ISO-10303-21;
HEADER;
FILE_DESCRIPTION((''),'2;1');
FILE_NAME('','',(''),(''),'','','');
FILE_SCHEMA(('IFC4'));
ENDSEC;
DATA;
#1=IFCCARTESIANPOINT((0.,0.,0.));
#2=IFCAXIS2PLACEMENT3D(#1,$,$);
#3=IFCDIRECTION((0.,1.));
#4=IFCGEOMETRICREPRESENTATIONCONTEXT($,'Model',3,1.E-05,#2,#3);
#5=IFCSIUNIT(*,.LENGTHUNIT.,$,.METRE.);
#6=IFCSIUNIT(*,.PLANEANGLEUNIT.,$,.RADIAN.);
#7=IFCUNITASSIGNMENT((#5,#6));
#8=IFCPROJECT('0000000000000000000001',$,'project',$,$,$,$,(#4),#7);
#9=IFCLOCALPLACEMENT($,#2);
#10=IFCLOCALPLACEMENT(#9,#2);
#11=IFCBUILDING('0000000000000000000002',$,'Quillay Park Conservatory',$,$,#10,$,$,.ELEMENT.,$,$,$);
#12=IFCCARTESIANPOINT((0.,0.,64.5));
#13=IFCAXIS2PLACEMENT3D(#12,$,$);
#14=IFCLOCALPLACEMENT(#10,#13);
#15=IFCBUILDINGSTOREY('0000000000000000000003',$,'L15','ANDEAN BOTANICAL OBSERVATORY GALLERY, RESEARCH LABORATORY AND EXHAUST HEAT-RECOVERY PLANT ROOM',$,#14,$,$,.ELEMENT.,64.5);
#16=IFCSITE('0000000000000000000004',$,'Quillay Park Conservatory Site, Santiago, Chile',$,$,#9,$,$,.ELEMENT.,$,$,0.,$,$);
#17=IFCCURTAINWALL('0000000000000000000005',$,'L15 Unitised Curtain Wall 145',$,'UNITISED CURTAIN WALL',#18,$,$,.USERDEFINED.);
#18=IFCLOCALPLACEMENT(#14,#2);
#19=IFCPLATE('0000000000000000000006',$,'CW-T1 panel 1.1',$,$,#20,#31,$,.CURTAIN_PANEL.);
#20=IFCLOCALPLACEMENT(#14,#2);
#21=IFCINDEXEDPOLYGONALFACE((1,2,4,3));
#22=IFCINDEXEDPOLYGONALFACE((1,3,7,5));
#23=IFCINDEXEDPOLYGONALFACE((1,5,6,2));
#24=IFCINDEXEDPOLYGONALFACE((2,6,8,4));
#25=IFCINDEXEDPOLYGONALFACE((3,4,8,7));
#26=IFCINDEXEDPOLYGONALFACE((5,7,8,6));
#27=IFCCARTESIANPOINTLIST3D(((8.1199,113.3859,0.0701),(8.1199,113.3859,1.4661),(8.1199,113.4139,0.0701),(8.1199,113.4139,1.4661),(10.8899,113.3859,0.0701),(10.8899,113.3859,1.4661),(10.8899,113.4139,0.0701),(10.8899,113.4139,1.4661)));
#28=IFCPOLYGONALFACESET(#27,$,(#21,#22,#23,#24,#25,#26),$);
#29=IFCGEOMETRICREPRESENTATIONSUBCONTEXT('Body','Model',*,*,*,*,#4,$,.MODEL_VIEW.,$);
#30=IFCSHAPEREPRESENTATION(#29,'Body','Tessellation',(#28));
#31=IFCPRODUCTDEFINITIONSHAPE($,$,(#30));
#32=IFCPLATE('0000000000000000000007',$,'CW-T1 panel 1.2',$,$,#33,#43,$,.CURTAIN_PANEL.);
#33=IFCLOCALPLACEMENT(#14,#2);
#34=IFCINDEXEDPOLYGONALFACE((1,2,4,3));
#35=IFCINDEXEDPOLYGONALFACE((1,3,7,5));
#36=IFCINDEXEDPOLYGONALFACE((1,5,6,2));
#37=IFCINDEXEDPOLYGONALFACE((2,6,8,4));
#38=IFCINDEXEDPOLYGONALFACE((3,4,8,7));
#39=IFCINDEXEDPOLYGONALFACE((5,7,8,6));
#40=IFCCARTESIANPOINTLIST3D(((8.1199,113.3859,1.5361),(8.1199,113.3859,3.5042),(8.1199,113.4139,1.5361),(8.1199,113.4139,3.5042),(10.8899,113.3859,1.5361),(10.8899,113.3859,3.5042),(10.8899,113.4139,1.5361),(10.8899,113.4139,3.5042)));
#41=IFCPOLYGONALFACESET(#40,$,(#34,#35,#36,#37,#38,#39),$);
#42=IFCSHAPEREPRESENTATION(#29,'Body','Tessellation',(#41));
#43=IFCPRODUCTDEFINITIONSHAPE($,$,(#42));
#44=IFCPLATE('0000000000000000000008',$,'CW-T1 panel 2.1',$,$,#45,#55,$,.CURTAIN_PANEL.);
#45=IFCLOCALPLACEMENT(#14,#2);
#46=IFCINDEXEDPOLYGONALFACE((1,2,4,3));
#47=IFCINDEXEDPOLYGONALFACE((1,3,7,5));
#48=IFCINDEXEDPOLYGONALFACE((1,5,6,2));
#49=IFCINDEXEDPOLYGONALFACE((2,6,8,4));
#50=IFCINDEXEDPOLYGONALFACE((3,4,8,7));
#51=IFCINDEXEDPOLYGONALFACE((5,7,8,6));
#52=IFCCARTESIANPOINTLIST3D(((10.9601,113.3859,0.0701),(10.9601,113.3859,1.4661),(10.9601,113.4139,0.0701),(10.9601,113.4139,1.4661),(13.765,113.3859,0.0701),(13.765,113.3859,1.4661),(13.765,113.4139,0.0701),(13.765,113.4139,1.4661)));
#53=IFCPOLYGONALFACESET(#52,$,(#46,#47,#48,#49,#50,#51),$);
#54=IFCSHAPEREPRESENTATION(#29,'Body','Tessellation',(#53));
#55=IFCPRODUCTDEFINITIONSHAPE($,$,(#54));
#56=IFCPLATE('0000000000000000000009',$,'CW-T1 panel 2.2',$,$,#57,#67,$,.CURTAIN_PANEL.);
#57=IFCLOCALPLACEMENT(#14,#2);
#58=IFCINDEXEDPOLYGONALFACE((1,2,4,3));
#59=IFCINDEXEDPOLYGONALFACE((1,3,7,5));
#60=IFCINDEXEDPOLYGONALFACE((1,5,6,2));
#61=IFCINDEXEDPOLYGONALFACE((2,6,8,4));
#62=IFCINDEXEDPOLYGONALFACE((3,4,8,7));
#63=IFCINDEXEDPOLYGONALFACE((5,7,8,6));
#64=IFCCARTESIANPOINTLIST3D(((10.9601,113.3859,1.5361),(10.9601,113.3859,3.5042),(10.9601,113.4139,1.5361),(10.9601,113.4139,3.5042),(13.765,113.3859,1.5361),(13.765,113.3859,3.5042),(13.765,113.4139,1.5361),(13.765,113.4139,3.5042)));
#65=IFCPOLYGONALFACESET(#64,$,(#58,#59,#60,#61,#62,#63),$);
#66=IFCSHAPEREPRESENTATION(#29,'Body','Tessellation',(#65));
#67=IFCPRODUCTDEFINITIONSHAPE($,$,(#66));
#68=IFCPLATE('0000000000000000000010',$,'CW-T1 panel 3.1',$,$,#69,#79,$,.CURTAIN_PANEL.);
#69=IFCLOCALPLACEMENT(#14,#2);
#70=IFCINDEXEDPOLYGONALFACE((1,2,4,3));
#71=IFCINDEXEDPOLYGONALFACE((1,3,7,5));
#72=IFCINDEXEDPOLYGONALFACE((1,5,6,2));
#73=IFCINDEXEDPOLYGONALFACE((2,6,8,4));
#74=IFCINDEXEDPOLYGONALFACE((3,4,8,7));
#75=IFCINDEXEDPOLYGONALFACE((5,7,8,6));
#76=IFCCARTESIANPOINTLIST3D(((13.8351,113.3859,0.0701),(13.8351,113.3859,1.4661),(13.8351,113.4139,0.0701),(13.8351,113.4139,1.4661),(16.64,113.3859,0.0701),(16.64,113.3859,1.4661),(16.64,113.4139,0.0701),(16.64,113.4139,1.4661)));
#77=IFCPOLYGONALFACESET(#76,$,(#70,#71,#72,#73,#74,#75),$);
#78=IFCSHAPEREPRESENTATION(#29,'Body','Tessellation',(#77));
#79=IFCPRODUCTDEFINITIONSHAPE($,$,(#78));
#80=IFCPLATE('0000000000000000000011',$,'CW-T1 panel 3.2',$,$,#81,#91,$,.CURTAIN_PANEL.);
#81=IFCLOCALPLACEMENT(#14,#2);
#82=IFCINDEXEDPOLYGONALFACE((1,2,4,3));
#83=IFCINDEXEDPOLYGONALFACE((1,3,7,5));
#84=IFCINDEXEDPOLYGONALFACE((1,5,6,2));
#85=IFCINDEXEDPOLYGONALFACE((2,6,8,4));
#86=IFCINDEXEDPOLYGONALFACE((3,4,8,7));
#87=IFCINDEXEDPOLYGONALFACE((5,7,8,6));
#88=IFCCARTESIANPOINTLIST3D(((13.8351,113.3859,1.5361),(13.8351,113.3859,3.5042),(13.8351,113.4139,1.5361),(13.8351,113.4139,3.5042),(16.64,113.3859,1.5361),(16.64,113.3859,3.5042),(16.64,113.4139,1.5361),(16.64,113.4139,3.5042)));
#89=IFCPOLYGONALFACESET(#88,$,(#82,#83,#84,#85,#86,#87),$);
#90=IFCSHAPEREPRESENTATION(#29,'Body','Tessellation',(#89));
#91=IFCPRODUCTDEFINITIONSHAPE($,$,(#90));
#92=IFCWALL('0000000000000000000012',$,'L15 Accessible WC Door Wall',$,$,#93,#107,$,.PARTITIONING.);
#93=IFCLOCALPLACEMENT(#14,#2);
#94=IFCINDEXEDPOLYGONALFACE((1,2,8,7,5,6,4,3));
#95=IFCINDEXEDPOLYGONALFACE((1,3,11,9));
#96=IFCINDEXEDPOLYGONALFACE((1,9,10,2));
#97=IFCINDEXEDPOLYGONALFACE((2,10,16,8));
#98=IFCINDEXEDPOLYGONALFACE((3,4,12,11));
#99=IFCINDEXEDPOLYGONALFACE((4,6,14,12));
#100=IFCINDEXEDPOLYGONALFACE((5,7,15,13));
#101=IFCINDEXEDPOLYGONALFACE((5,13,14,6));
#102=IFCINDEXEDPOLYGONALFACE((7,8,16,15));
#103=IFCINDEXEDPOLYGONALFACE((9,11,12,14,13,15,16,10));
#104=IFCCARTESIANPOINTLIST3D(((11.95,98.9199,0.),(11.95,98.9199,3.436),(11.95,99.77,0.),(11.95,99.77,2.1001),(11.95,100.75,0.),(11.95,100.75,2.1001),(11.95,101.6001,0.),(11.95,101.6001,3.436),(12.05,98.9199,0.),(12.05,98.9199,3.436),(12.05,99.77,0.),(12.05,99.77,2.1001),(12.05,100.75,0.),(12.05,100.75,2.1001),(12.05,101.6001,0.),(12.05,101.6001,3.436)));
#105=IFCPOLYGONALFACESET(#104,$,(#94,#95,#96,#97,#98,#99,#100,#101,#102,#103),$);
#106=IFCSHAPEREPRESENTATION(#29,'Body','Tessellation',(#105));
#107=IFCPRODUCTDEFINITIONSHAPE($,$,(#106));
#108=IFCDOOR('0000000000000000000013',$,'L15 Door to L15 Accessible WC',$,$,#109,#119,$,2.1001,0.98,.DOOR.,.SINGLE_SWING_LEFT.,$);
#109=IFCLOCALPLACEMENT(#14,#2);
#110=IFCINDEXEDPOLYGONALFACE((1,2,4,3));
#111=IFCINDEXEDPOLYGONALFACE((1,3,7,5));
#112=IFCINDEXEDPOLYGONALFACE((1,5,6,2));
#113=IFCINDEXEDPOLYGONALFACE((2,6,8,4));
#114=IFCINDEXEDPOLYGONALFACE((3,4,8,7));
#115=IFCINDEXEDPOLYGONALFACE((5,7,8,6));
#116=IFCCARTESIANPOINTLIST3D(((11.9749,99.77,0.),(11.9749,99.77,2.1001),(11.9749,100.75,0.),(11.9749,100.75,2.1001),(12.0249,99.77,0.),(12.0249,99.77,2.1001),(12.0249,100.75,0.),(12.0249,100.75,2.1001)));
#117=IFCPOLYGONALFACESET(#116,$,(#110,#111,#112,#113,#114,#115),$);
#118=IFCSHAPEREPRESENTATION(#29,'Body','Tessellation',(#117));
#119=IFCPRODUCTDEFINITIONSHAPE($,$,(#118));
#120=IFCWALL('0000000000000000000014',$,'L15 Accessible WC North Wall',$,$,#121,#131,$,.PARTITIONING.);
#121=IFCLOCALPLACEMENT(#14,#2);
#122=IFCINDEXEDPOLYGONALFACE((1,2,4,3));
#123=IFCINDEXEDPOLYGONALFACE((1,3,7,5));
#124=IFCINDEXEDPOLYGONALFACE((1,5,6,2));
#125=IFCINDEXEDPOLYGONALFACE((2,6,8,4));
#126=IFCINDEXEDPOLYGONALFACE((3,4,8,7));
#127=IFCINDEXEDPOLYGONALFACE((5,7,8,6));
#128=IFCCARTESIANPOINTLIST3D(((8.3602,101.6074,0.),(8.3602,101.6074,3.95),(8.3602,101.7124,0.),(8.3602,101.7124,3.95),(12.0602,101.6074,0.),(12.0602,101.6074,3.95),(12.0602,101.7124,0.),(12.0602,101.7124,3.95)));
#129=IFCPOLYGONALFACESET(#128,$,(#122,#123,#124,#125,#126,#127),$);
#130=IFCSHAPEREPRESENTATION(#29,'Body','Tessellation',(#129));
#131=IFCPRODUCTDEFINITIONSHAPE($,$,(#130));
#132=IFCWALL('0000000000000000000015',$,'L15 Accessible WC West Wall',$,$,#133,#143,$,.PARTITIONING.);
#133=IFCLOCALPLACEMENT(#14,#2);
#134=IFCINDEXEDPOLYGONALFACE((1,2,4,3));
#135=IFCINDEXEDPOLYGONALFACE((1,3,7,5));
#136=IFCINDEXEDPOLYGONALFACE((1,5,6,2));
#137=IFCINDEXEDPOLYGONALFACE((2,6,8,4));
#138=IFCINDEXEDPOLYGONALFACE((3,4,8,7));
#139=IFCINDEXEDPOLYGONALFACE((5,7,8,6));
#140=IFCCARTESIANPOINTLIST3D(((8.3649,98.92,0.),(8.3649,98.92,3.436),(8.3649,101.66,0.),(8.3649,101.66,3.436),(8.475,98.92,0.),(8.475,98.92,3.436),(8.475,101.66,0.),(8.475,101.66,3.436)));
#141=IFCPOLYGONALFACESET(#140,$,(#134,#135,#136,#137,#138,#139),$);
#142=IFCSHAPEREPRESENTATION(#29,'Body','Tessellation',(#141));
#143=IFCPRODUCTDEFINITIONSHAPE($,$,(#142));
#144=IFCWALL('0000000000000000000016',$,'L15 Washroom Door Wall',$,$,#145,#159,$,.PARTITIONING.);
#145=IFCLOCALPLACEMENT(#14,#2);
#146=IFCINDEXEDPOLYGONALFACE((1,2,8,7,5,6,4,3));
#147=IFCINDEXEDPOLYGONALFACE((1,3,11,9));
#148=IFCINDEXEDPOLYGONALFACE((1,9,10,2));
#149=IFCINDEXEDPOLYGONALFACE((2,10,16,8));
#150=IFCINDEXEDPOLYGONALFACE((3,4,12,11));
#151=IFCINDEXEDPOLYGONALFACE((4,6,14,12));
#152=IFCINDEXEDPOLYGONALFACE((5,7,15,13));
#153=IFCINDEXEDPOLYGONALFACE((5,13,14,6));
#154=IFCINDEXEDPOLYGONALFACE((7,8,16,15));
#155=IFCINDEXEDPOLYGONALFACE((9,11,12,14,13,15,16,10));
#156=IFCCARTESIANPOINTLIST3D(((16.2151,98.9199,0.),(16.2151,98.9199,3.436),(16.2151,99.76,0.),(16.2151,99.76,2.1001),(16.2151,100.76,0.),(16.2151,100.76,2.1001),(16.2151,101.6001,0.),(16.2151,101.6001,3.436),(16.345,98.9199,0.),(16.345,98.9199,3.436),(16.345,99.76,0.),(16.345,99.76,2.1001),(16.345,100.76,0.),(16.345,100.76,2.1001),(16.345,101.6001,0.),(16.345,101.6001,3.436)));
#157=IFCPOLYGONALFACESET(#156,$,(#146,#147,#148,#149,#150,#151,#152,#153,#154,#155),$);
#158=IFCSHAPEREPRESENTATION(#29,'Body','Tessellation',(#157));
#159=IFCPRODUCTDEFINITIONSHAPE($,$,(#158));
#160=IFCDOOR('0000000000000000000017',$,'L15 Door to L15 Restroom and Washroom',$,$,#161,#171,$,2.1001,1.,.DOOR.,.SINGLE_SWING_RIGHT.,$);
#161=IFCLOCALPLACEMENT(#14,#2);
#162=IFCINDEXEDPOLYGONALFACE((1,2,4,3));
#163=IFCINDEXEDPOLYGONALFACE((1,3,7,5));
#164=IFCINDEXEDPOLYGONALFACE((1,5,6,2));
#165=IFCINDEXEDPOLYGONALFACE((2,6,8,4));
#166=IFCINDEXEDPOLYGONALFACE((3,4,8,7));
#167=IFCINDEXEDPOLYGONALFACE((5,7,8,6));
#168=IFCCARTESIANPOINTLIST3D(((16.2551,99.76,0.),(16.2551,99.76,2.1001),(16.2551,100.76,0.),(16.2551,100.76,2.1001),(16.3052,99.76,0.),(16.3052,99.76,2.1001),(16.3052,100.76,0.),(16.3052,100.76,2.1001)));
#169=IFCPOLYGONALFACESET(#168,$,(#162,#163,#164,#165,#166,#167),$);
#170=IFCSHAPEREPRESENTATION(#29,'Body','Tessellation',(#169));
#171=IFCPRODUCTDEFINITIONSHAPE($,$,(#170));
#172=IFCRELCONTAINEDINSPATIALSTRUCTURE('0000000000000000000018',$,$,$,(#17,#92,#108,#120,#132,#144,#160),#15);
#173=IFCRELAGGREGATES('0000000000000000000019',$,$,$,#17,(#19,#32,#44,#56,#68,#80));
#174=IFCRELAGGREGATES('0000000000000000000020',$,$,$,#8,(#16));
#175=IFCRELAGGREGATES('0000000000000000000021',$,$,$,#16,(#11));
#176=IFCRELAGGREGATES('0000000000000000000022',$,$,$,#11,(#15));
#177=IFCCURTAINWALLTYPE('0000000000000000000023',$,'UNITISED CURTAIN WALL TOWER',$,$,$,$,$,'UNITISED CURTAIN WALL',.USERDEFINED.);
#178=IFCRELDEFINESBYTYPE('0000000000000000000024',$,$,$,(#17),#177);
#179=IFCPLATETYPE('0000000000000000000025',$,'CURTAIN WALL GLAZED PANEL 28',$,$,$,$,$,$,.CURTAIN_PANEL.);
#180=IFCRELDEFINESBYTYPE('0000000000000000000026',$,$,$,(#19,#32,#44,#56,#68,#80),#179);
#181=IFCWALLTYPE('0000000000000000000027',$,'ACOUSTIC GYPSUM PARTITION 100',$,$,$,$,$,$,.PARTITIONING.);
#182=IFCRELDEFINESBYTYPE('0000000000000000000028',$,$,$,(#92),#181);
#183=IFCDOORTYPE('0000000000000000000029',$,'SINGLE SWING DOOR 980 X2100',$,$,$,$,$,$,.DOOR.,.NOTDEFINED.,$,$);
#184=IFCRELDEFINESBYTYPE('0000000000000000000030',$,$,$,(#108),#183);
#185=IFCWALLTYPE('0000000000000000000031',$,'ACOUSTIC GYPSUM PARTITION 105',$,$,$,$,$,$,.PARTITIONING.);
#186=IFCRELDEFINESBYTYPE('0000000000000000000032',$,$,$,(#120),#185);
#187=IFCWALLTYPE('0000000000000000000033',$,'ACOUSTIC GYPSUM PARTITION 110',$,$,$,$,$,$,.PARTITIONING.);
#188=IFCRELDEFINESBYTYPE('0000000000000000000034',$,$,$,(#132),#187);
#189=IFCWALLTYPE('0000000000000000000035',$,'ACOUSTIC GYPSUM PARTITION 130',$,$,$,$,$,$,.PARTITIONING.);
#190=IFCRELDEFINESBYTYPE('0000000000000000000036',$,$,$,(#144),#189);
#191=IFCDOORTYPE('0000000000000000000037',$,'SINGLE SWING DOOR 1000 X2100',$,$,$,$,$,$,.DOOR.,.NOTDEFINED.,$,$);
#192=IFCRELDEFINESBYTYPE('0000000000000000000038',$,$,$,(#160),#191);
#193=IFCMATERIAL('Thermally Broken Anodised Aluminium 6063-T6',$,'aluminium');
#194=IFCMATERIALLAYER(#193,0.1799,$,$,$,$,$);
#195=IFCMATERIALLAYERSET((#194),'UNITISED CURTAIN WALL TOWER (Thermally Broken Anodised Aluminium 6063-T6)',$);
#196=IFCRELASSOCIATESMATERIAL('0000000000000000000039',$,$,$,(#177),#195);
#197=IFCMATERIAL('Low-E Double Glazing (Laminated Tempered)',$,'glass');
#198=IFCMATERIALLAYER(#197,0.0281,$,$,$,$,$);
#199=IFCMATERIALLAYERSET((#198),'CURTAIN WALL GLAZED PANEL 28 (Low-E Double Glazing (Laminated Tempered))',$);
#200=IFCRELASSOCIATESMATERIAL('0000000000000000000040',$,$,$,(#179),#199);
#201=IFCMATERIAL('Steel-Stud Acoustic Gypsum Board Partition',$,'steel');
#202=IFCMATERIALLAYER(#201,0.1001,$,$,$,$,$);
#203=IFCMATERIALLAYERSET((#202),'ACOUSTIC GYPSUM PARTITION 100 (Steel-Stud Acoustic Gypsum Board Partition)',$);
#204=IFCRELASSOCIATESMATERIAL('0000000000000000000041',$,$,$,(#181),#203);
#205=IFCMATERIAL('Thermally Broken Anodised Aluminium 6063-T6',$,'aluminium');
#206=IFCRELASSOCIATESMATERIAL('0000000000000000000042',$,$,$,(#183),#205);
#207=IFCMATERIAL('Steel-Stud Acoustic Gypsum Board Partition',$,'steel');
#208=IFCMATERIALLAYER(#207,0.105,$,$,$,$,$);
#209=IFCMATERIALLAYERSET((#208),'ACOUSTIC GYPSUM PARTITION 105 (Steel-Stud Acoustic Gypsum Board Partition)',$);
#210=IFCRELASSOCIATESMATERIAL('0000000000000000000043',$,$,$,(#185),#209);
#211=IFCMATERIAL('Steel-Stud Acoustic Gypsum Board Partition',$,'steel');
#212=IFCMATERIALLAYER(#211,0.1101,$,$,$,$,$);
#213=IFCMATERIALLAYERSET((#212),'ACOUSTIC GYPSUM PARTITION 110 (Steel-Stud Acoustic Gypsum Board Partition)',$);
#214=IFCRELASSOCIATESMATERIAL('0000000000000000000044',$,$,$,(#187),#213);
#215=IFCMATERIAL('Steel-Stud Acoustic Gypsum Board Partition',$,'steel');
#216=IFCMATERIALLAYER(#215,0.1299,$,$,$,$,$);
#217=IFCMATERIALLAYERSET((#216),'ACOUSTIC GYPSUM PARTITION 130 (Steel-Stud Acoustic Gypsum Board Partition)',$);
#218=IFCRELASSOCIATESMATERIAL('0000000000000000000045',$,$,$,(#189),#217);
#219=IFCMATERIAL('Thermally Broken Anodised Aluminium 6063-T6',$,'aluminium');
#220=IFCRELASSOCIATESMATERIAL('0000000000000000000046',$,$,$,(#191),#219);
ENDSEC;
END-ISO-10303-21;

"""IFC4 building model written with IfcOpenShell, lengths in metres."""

from ifc_helpers import new_model, si_unit, direction, frame, frame_2d, origin, origin_2d, place, context, subcontext, project, spatial, rectangle, extrude, material, layer, layer_set, type_object, element, fill, aggregate, save


model = new_model("IFC4")

# Units and contexts
model_context = context("Model", 3, precision=1e-05, world=origin(), true_north=direction((0.0, 1.0)))
body_context = subcontext(model_context, "Body", "Model", "MODEL_VIEW")
ifc_project = project(units=[si_unit("LENGTHUNIT", "METRE"), si_unit("PLANEANGLEUNIT", "RADIAN")], contexts=[model_context])

# Site, building, storey
site_placement = place(None, origin())
site = spatial("IfcSite", under=ifc_project, at=site_placement, Name="Quillay Park Conservatory Site, Santiago, Chile", CompositionType="ELEMENT", RefElevation=0.0)
building_placement = place(site_placement, origin())
building = spatial("IfcBuilding", under=site, at=building_placement, Name="Quillay Park Conservatory", CompositionType="ELEMENT")
storey_placement = place(building_placement, frame((0.0, 0.0, 64.5)))
storey = spatial("IfcBuildingStorey", under=building, at=storey_placement, Name="L15", Description="ANDEAN BOTANICAL OBSERVATORY GALLERY, RESEARCH LABORATORY AND EXHAUST HEAT-RECOVERY PLANT ROOM", CompositionType="ELEMENT", Elevation=64.5)

# Curtain wall
ifc_material_1 = material(Name="Thermally Broken Anodised Aluminium 6063-T6", Category="aluminium")
ifc_layer_1 = layer(ifc_material_1, 0.1799)
ifc_layer_set_1 = layer_set([ifc_layer_1], Name="UNITISED CURTAIN WALL TOWER (Thermally Broken Anodised Aluminium 6063-T6)")
curtain_wall_type = type_object("IfcCurtainWallType", Name="UNITISED CURTAIN WALL TOWER", ElementType="UNITISED CURTAIN WALL", PredefinedType="USERDEFINED", material=ifc_layer_set_1)
curtain_wall_placement = place(storey_placement, origin())
curtain_wall = element("IfcCurtainWall", 1, at=curtain_wall_placement, inside=storey, type_object=curtain_wall_type, Name="L15 Unitised Curtain Wall 145", ObjectType="UNITISED CURTAIN WALL", PredefinedType="USERDEFINED")

# Plates
ifc_material_2 = material(Name="Low-E Double Glazing (Laminated Tempered)", Category="glass")
ifc_layer_2 = layer(ifc_material_2, 0.0281)
ifc_layer_set_2 = layer_set([ifc_layer_2], Name="CURTAIN WALL GLAZED PANEL 28 (Low-E Double Glazing (Laminated Tempered))")
plate_type = type_object("IfcPlateType", Name="CURTAIN WALL GLAZED PANEL 28", PredefinedType="CURTAIN_PANEL", material=ifc_layer_set_2)
plate_1_placement = place(storey_placement, frame((9.5049, 113.3999, 0.0701), z_axis=(0.0, 0.0, 1.0), x_axis=(1.0, 0.0, 0.0)))
plate_1 = element("IfcPlate", 2, at=plate_1_placement, type_object=plate_type, Name="CW-T1 panel 1.1", PredefinedType="CURTAIN_PANEL", context=body_context, shape_type="SweptSolid", body=[
    extrude(rectangle(XDim=2.77, YDim=0.0281, at=origin_2d()), origin(), (0.0, 0.0, 1.0), 1.396),
])
plate_2_placement = place(storey_placement, frame((9.5049, 113.3999, 1.5361), z_axis=(0.0, 0.0, 1.0), x_axis=(1.0, 0.0, 0.0)))
plate_2 = element("IfcPlate", 3, at=plate_2_placement, type_object=plate_type, Name="CW-T1 panel 1.2", PredefinedType="CURTAIN_PANEL", context=body_context, shape_type="SweptSolid", body=[
    extrude(rectangle(XDim=2.77, YDim=0.0281, at=origin_2d()), origin(), (0.0, 0.0, 1.0), 1.968),
])
plate_3_placement = place(storey_placement, frame((12.3625, 113.3999, 0.0701), z_axis=(0.0, 0.0, 1.0), x_axis=(1.0, 0.0, 0.0)))
plate_3 = element("IfcPlate", 4, at=plate_3_placement, type_object=plate_type, Name="CW-T1 panel 2.1", PredefinedType="CURTAIN_PANEL", context=body_context, shape_type="SweptSolid", body=[
    extrude(rectangle(XDim=2.8049, YDim=0.0281, at=origin_2d()), origin(), (0.0, 0.0, 1.0), 1.396),
])
plate_4_placement = place(storey_placement, frame((12.3625, 113.3999, 1.5361), z_axis=(0.0, 0.0, 1.0), x_axis=(1.0, 0.0, 0.0)))
plate_4 = element("IfcPlate", 5, at=plate_4_placement, type_object=plate_type, Name="CW-T1 panel 2.2", PredefinedType="CURTAIN_PANEL", context=body_context, shape_type="SweptSolid", body=[
    extrude(rectangle(XDim=2.8049, YDim=0.0281, at=origin_2d()), origin(), (0.0, 0.0, 1.0), 1.968),
])
plate_5_placement = place(storey_placement, frame((15.2375, 113.3999, 0.0701), z_axis=(0.0, 0.0, 1.0), x_axis=(1.0, 0.0, 0.0)))
plate_5 = element("IfcPlate", 6, at=plate_5_placement, type_object=plate_type, Name="CW-T1 panel 3.1", PredefinedType="CURTAIN_PANEL", context=body_context, shape_type="SweptSolid", body=[
    extrude(rectangle(XDim=2.8049, YDim=0.0281, at=origin_2d()), origin(), (0.0, 0.0, 1.0), 1.396),
])
plate_6_placement = place(storey_placement, frame((15.2375, 113.3999, 1.5361), z_axis=(0.0, 0.0, 1.0), x_axis=(1.0, 0.0, 0.0)))
plate_6 = element("IfcPlate", 7, at=plate_6_placement, type_object=plate_type, Name="CW-T1 panel 3.2", PredefinedType="CURTAIN_PANEL", context=body_context, shape_type="SweptSolid", body=[
    extrude(rectangle(XDim=2.8049, YDim=0.0281, at=origin_2d()), origin(), (0.0, 0.0, 1.0), 1.968),
])
aggregate(curtain_wall, [plate_1, plate_2, plate_3, plate_4, plate_5, plate_6])

# Wall, opening, door
ifc_material_3 = material(Name="Steel-Stud Acoustic Gypsum Board Partition", Category="steel")
ifc_layer_3 = layer(ifc_material_3, 0.1001)
ifc_layer_set_3 = layer_set([ifc_layer_3], Name="ACOUSTIC GYPSUM PARTITION 100 (Steel-Stud Acoustic Gypsum Board Partition)")
wall_type_1 = type_object("IfcWallType", Name="ACOUSTIC GYPSUM PARTITION 100", PredefinedType="PARTITIONING", material=ifc_layer_set_3)
wall_1_placement = place(storey_placement, frame((12.0, 101.6001, 0.0), z_axis=(0.0, 0.0, 1.0), x_axis=(0.0, -1.0, 0.0)))
wall_1 = element("IfcWall", 8, at=wall_1_placement, inside=storey, type_object=wall_type_1, Name="L15 Accessible WC Door Wall", PredefinedType="PARTITIONING", context=body_context, shape_type="SweptSolid", body=[
    extrude(rectangle(XDim=2.6802, YDim=0.1001, at=frame_2d((1.3401, 0.0))), origin(), (0.0, 0.0, 1.0), 3.436),
])
opening_1_placement = place(wall_1_placement, frame((0.8501, 0.0, 0.0)))
opening_1 = element("IfcOpeningElement", 9, at=opening_1_placement, cuts=wall_1, PredefinedType="OPENING", context=body_context, shape_type="SweptSolid", body=[
    extrude(rectangle(XDim=0.98, YDim=2.1001, at=frame_2d((0.49, 1.05))), frame((0.0, 0.05, 0.0), z_axis=(0.0, -1.0, 0.0), x_axis=(1.0, 0.0, 0.0)), (0.0, 0.0, 1.0), 0.1001),
])
ifc_material_4 = material(Name="Thermally Broken Anodised Aluminium 6063-T6", Category="aluminium")
door_type_1 = type_object("IfcDoorType", Name="SINGLE SWING DOOR 980 X2100", OperationType="NOTDEFINED", PredefinedType="DOOR", material=ifc_material_4)
door_1_placement = place(opening_1_placement, origin())
door_1 = element("IfcDoor", 10, at=door_1_placement, inside=storey, type_object=door_type_1, Name="L15 Door to L15 Accessible WC", OperationType="SINGLE_SWING_LEFT", OverallHeight=2.1001, OverallWidth=0.98, PredefinedType="DOOR", context=body_context, shape_type="SweptSolid", body=[
    extrude(rectangle(XDim=0.98, YDim=2.1001, at=frame_2d((0.49, 1.05))), frame((0.0, 0.0249, 0.0), z_axis=(0.0, -1.0, 0.0), x_axis=(1.0, 0.0, 0.0)), (0.0, 0.0, 1.0), 0.05),
])
fill(opening_1, door_1)

# Walls
ifc_material_5 = material(Name="Steel-Stud Acoustic Gypsum Board Partition", Category="steel")
ifc_layer_4 = layer(ifc_material_5, 0.105)
ifc_layer_set_4 = layer_set([ifc_layer_4], Name="ACOUSTIC GYPSUM PARTITION 105 (Steel-Stud Acoustic Gypsum Board Partition)")
wall_type_2 = type_object("IfcWallType", Name="ACOUSTIC GYPSUM PARTITION 105", PredefinedType="PARTITIONING", material=ifc_layer_set_4)
wall_2_placement = place(storey_placement, frame((8.3601, 101.6599, 0.0), z_axis=(0.0, 0.0, 1.0), x_axis=(1.0, 0.0, 0.0)))
element("IfcWall", 11, at=wall_2_placement, inside=storey, type_object=wall_type_2, Name="L15 Accessible WC North Wall", PredefinedType="PARTITIONING", context=body_context, shape_type="SweptSolid", body=[
    extrude(rectangle(XDim=3.7, YDim=0.105, at=frame_2d((1.8501, 0.0))), origin(), (0.0, 0.0, 1.0), 3.95),
])
ifc_material_6 = material(Name="Steel-Stud Acoustic Gypsum Board Partition", Category="steel")
ifc_layer_5 = layer(ifc_material_6, 0.1101)
ifc_layer_set_5 = layer_set([ifc_layer_5], Name="ACOUSTIC GYPSUM PARTITION 110 (Steel-Stud Acoustic Gypsum Board Partition)")
wall_type_3 = type_object("IfcWallType", Name="ACOUSTIC GYPSUM PARTITION 110", PredefinedType="PARTITIONING", material=ifc_layer_set_5)
wall_3_placement = place(storey_placement, frame((8.4199, 98.9199, 0.0), z_axis=(0.0, 0.0, 1.0), x_axis=(0.0, 1.0, 0.0)))
element("IfcWall", 12, at=wall_3_placement, inside=storey, type_object=wall_type_3, Name="L15 Accessible WC West Wall", PredefinedType="PARTITIONING", context=body_context, shape_type="SweptSolid", body=[
    extrude(rectangle(XDim=2.74, YDim=0.1101, at=frame_2d((1.3701, 0.0))), origin(), (0.0, 0.0, 1.0), 3.436),
])

# Wall, opening, door
ifc_material_7 = material(Name="Steel-Stud Acoustic Gypsum Board Partition", Category="steel")
ifc_layer_6 = layer(ifc_material_7, 0.1299)
ifc_layer_set_6 = layer_set([ifc_layer_6], Name="ACOUSTIC GYPSUM PARTITION 130 (Steel-Stud Acoustic Gypsum Board Partition)")
wall_type_4 = type_object("IfcWallType", Name="ACOUSTIC GYPSUM PARTITION 130", PredefinedType="PARTITIONING", material=ifc_layer_set_6)
wall_4_placement = place(storey_placement, frame((16.28, 98.9199, 0.0), z_axis=(0.0, 0.0, 1.0), x_axis=(0.0, 1.0, 0.0)))
wall_4 = element("IfcWall", 13, at=wall_4_placement, inside=storey, type_object=wall_type_4, Name="L15 Washroom Door Wall", PredefinedType="PARTITIONING", context=body_context, shape_type="SweptSolid", body=[
    extrude(rectangle(XDim=2.6802, YDim=0.1299, at=frame_2d((1.3401, 0.0))), origin(), (0.0, 0.0, 1.0), 3.436),
])
opening_2_placement = place(wall_4_placement, frame((0.8401, 0.0, 0.0)))
opening_2 = element("IfcOpeningElement", 14, at=opening_2_placement, cuts=wall_4, PredefinedType="OPENING", context=body_context, shape_type="SweptSolid", body=[
    extrude(rectangle(XDim=1.0, YDim=2.1001, at=frame_2d((0.5, 1.05))), frame((0.0, 0.0649, 0.0), z_axis=(0.0, -1.0, 0.0), x_axis=(1.0, 0.0, 0.0)), (0.0, 0.0, 1.0), 0.1299),
])
ifc_material_8 = material(Name="Thermally Broken Anodised Aluminium 6063-T6", Category="aluminium")
door_type_2 = type_object("IfcDoorType", Name="SINGLE SWING DOOR 1000 X2100", OperationType="NOTDEFINED", PredefinedType="DOOR", material=ifc_material_8)
door_2_placement = place(opening_2_placement, origin())
door_2 = element("IfcDoor", 15, at=door_2_placement, inside=storey, type_object=door_type_2, Name="L15 Door to L15 Restroom and Washroom", OperationType="SINGLE_SWING_RIGHT", OverallHeight=2.1001, OverallWidth=1.0, PredefinedType="DOOR", context=body_context, shape_type="SweptSolid", body=[
    extrude(rectangle(XDim=1.0, YDim=2.1001, at=frame_2d((0.5, 1.05))), frame((0.0, 0.0249, 0.0), z_axis=(0.0, -1.0, 0.0), x_axis=(1.0, 0.0, 0.0)), (0.0, 0.0, 1.0), 0.05),
])
fill(opening_2, door_2)

save(model, "model.ifc")
